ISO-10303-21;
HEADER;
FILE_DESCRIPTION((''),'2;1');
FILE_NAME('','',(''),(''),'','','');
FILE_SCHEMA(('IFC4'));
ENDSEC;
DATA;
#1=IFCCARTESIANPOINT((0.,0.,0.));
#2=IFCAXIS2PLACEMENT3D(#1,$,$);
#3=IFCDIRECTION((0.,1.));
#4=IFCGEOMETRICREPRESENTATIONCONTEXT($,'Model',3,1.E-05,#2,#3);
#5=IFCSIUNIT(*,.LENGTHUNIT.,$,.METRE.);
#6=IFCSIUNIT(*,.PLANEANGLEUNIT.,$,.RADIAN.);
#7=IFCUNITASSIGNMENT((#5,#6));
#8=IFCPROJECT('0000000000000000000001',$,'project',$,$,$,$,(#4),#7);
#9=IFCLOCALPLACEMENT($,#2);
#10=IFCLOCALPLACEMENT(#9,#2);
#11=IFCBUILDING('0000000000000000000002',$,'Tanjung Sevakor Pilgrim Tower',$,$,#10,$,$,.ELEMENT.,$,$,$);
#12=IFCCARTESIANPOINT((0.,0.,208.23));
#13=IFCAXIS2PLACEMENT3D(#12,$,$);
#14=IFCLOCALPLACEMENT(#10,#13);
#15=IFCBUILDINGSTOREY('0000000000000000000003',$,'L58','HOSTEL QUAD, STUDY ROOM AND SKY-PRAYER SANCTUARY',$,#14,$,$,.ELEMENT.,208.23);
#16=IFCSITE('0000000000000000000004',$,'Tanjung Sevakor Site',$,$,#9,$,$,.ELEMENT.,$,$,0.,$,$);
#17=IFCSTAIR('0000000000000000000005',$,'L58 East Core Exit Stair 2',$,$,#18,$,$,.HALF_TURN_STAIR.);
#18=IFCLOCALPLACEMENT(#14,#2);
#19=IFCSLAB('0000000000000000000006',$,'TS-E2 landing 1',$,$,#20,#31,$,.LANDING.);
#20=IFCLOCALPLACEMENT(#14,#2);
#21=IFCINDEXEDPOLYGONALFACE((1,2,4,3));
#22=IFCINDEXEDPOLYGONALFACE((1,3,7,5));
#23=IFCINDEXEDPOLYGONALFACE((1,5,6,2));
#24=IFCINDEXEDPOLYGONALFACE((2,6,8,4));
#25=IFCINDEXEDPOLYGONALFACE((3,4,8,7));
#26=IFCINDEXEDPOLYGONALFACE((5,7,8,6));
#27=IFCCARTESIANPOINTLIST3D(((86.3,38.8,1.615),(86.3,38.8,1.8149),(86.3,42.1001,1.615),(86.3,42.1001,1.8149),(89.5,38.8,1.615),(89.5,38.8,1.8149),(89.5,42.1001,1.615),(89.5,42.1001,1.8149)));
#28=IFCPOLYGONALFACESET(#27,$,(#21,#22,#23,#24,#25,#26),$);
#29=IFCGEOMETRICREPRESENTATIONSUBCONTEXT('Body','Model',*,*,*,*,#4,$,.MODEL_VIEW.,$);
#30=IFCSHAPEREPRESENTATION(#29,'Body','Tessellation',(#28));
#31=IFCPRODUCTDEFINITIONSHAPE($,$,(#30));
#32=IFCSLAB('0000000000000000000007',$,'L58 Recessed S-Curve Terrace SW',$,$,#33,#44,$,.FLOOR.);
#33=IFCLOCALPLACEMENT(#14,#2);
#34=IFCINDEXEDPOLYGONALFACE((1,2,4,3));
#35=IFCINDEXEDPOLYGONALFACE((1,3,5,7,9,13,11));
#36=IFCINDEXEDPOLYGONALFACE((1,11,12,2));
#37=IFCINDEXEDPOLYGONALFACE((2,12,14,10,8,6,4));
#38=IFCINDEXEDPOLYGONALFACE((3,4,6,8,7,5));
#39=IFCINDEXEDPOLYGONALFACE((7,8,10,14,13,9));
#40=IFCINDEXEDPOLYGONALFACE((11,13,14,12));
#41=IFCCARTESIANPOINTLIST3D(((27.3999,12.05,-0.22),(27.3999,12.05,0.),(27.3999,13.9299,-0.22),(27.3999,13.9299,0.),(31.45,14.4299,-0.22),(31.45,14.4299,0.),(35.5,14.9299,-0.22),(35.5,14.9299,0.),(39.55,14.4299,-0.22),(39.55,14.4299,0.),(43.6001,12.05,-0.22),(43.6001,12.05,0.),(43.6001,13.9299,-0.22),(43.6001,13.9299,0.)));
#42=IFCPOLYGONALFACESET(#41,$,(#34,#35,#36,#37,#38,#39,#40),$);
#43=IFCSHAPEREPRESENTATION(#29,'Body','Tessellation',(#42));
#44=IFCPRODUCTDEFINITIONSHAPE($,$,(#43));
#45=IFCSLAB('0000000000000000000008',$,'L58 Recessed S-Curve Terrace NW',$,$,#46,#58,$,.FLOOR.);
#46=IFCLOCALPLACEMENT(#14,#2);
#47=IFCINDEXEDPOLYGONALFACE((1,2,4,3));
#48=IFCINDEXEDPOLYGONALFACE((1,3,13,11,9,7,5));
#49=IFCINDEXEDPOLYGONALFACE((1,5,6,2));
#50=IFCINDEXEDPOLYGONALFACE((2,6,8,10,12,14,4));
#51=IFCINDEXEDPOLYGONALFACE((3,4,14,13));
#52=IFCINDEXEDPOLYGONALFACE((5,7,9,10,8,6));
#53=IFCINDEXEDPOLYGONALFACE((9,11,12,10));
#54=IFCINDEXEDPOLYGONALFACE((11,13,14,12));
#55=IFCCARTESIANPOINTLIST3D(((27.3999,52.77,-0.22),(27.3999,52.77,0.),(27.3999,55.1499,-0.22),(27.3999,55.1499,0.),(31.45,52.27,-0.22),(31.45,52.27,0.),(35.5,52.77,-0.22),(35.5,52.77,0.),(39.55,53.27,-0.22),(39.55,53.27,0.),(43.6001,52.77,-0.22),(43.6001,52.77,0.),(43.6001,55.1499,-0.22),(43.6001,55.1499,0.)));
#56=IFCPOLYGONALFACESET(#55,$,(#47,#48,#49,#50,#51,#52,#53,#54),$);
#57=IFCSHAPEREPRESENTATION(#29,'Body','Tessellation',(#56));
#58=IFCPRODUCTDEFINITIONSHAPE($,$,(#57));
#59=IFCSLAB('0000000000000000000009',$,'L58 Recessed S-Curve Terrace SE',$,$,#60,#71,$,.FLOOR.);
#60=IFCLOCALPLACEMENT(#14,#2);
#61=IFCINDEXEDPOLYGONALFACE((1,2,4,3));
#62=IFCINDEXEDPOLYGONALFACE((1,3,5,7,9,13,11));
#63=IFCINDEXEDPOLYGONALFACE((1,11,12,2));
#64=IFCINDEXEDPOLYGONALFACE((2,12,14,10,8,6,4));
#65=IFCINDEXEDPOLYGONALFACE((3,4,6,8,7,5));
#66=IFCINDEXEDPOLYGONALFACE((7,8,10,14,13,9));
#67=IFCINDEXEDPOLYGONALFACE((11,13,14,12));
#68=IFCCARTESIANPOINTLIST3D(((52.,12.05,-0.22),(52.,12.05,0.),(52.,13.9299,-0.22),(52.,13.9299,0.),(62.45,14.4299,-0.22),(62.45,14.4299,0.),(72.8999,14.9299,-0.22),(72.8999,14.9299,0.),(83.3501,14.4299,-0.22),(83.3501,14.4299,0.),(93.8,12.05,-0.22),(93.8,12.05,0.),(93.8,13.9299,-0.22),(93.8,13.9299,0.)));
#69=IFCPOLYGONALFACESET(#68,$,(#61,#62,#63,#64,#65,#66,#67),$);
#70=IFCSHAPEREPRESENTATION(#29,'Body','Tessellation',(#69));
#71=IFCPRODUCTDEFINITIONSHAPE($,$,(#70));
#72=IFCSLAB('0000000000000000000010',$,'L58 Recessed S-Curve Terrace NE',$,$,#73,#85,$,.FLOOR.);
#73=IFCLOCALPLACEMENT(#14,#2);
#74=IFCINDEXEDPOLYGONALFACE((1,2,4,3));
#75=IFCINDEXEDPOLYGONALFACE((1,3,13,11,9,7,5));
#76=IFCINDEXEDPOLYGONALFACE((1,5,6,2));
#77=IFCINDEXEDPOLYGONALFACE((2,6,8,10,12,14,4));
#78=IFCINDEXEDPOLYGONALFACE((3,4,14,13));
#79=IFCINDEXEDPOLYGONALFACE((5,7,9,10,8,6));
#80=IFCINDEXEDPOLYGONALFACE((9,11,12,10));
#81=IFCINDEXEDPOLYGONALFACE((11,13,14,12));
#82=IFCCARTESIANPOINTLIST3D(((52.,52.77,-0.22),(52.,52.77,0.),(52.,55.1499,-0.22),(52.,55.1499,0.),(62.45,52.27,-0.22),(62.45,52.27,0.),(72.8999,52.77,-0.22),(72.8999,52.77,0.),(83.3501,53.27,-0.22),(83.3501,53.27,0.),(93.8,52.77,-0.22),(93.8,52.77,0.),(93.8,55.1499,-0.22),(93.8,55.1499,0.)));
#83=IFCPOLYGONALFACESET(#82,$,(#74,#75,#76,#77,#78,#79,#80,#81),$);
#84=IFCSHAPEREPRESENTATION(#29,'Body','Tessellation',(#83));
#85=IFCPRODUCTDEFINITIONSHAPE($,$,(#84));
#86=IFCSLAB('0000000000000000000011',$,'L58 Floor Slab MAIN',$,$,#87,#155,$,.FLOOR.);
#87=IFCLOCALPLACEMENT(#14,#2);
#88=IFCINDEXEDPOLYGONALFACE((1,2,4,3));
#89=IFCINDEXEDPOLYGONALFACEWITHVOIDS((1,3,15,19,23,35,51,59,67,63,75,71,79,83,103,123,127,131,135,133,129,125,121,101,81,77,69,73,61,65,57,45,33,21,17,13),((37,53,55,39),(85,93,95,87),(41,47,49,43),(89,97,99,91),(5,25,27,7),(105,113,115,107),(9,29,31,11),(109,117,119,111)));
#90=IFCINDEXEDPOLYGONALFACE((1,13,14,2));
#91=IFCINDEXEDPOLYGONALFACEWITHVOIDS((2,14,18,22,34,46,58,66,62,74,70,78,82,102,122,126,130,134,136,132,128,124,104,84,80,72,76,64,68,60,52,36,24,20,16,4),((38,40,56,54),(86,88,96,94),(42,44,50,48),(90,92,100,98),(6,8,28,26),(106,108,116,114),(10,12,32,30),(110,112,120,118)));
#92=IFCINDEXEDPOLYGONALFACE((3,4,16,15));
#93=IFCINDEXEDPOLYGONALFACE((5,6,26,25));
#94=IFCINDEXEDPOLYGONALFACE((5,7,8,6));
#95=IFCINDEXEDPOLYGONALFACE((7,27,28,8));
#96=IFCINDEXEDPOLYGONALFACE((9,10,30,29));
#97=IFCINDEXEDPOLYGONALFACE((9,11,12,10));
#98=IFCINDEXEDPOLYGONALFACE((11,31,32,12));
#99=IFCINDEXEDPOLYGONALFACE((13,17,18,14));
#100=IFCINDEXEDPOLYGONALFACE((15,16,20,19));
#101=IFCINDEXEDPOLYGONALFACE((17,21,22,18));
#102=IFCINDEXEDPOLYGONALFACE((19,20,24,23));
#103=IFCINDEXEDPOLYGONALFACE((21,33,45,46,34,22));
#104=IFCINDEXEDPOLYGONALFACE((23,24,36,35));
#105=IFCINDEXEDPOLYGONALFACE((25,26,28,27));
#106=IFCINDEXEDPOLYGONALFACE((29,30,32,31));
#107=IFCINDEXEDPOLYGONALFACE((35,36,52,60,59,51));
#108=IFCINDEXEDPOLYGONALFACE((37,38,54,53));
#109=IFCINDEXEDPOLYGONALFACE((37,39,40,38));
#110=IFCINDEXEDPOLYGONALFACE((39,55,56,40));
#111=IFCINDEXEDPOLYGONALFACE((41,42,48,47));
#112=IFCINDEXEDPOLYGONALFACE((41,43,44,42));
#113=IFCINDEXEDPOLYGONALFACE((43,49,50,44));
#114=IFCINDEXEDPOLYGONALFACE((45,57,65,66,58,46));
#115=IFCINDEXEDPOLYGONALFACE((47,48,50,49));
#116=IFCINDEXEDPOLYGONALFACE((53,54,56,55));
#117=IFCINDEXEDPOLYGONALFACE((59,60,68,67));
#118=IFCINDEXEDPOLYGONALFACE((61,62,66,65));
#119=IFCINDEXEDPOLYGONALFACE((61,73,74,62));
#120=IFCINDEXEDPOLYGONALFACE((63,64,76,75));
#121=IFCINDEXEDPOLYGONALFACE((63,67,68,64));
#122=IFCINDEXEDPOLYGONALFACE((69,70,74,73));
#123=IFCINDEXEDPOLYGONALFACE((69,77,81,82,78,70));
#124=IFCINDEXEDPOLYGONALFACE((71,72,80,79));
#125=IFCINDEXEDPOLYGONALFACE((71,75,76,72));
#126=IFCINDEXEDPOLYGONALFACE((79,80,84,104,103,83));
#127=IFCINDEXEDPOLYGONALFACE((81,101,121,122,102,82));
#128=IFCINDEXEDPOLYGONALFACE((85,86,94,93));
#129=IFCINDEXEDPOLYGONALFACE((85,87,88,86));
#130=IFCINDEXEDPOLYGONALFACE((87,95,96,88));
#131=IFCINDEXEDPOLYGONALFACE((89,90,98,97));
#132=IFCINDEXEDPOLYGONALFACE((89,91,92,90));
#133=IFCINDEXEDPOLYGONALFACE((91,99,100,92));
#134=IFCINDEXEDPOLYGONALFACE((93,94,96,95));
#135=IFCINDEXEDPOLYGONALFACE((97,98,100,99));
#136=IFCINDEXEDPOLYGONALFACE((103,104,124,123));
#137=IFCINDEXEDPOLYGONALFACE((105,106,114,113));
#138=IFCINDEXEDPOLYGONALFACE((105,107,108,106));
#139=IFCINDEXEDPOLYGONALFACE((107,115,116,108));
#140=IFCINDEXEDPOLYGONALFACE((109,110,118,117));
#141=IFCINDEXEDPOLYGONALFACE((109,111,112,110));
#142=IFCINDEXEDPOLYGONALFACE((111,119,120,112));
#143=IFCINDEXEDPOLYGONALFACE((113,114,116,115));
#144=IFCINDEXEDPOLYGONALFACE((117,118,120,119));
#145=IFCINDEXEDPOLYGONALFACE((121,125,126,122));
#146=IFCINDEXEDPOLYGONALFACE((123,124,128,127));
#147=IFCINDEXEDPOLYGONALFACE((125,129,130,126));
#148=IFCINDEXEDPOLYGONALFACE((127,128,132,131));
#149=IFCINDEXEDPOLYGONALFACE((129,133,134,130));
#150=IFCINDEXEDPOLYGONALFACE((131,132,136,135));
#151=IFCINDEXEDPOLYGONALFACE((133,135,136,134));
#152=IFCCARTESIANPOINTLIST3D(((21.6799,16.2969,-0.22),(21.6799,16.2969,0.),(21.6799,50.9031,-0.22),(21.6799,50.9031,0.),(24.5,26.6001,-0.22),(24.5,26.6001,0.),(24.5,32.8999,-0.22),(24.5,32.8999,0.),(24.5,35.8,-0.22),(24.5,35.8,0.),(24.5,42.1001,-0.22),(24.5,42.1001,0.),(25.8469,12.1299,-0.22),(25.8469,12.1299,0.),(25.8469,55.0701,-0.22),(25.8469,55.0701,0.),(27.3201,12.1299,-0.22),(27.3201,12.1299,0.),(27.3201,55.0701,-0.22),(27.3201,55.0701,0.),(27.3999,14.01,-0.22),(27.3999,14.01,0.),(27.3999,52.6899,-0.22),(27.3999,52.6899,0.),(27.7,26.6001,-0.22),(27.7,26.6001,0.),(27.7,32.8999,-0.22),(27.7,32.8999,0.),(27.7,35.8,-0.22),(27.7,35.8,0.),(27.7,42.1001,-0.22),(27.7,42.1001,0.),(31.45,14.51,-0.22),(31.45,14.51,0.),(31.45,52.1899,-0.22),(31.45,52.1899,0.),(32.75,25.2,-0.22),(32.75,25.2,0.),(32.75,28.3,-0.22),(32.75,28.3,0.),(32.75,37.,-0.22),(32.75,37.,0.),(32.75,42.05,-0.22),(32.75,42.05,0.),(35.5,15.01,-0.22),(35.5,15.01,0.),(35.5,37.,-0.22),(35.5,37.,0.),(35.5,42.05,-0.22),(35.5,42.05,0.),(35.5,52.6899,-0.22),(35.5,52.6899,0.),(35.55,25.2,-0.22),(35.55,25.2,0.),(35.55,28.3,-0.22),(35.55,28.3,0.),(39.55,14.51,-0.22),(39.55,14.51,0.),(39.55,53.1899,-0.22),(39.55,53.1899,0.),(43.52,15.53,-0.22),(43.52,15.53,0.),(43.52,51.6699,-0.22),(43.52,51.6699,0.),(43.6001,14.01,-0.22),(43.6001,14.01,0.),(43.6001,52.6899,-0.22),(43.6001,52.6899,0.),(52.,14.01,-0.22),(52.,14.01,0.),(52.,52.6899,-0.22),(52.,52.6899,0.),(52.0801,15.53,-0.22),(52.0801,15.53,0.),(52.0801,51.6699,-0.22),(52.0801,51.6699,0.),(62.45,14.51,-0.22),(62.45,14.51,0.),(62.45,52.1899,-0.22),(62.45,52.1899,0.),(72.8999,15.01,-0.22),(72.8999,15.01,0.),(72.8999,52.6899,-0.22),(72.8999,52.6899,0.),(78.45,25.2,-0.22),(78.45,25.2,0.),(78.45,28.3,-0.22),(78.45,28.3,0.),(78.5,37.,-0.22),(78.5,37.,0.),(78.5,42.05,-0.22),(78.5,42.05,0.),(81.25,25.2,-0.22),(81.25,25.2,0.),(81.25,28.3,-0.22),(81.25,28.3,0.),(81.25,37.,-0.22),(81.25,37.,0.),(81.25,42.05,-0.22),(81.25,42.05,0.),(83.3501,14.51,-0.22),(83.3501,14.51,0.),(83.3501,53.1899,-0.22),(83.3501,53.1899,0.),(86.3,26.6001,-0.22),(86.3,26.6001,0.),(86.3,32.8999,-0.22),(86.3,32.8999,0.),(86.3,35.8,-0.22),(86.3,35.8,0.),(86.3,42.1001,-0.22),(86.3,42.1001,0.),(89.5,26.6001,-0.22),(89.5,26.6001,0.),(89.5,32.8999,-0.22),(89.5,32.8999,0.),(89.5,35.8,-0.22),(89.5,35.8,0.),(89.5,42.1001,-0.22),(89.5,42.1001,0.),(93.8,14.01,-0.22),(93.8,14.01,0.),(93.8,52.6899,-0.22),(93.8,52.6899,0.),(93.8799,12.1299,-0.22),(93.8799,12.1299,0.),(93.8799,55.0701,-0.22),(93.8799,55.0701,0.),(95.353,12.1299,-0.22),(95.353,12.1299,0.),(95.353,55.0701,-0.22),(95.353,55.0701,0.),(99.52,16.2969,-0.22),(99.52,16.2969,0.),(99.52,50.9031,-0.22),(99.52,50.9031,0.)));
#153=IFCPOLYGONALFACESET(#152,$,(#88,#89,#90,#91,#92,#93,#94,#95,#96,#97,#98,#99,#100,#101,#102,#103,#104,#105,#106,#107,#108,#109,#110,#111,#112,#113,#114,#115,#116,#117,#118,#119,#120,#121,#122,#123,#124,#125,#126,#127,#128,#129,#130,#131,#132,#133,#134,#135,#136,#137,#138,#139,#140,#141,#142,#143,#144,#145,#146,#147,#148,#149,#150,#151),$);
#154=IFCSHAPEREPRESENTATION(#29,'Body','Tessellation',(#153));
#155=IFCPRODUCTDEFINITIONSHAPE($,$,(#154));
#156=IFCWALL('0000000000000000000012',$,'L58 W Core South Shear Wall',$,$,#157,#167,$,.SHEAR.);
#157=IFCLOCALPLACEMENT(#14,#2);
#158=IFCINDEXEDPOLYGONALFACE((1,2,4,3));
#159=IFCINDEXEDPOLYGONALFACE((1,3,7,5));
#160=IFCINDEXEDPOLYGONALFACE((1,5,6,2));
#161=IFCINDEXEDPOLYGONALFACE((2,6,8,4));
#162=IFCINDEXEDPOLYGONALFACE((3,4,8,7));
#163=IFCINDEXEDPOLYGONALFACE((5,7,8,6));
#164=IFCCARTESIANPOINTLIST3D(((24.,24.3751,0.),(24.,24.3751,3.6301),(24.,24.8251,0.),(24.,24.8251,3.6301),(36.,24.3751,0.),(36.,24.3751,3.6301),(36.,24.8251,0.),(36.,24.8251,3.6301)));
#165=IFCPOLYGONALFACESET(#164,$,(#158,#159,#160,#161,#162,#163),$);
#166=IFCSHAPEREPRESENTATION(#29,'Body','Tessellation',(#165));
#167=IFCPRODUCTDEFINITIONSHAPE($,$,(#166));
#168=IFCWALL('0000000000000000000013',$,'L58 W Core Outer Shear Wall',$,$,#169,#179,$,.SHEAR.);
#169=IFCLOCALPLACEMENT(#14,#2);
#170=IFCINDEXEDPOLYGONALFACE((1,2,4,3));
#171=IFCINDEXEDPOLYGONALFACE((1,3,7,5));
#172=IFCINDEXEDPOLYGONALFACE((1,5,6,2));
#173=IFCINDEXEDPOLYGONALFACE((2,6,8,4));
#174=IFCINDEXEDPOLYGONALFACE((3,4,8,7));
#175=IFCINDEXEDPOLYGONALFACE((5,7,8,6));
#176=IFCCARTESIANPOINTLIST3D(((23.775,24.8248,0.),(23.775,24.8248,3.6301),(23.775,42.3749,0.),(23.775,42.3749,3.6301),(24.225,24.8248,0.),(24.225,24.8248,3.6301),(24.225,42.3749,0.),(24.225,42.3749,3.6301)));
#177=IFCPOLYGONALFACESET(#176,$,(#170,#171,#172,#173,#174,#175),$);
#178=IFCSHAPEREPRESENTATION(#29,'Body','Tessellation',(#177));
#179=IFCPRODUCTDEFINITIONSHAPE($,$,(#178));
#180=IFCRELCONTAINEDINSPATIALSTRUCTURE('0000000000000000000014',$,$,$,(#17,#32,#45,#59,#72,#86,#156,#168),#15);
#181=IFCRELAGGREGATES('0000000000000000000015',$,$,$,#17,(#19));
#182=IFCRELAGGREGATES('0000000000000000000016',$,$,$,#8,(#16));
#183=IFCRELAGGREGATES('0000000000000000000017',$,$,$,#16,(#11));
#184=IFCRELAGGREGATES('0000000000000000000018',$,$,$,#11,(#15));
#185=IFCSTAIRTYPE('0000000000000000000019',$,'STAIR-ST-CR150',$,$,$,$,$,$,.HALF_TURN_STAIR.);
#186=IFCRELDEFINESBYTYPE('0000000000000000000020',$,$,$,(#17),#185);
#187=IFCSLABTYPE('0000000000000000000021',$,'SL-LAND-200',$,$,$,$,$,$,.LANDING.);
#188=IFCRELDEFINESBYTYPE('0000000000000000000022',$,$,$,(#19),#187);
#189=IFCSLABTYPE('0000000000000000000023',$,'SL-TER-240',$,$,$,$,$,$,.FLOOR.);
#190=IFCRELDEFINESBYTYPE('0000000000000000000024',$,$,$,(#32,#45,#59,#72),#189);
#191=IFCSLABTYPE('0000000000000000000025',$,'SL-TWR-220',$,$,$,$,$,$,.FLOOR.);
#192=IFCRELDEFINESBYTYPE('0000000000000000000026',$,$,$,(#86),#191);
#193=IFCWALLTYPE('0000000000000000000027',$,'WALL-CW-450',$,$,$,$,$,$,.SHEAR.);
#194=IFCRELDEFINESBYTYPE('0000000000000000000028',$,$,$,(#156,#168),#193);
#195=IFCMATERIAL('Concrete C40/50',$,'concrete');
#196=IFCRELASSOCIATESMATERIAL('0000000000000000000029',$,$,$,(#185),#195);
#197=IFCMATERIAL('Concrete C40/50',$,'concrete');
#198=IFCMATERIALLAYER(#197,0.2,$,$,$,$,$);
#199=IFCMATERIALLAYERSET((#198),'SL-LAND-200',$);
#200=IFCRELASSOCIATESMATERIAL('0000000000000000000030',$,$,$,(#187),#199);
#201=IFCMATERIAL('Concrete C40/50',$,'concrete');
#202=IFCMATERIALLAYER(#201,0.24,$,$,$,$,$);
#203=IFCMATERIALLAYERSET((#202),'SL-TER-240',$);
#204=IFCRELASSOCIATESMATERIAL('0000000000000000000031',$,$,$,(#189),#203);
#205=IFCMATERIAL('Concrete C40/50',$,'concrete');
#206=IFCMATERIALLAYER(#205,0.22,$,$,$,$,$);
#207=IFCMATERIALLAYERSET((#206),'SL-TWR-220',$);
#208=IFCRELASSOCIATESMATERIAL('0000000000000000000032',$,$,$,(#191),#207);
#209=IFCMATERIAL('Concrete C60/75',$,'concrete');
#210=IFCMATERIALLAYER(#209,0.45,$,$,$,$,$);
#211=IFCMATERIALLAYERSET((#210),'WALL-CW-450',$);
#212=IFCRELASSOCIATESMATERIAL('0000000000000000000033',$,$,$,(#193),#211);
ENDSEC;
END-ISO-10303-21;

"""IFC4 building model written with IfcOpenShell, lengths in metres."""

from ifc_helpers import new_model, si_unit, direction, frame, frame_2d, origin, place, context, subcontext, project, spatial, polyline, rectangle, outline, extrude, material, layer, layer_set, type_object, element, aggregate, save


model = new_model("IFC4")

# Units and contexts
model_context = context("Model", 3, precision=1e-05, world=origin(), true_north=direction((0.0, 1.0)))
body_context = subcontext(model_context, "Body", "Model", "MODEL_VIEW")
ifc_project = project(units=[si_unit("LENGTHUNIT", "METRE"), si_unit("PLANEANGLEUNIT", "RADIAN")], contexts=[model_context])

# Site, building, storey
site_placement = place(None, origin())
site = spatial("IfcSite", under=ifc_project, at=site_placement, Name="Tanjung Sevakor Site", CompositionType="ELEMENT", RefElevation=0.0)
building_placement = place(site_placement, origin())
building = spatial("IfcBuilding", under=site, at=building_placement, Name="Tanjung Sevakor Pilgrim Tower", CompositionType="ELEMENT")
storey_placement = place(building_placement, frame((0.0, 0.0, 208.23)))
storey = spatial("IfcBuildingStorey", under=building, at=storey_placement, Name="L58", Description="HOSTEL QUAD, STUDY ROOM AND SKY-PRAYER SANCTUARY", CompositionType="ELEMENT", Elevation=208.23)

# Stair, slab
ifc_material_1 = material(Name="Concrete C40/50", Category="concrete")
stair_type = type_object("IfcStairType", Name="STAIR-ST-CR150", PredefinedType="HALF_TURN_STAIR", material=ifc_material_1)
ifc_material_2 = material(Name="Concrete C40/50", Category="concrete")
ifc_layer_1 = layer(ifc_material_2, 0.2)
ifc_layer_set_1 = layer_set([ifc_layer_1], Name="SL-LAND-200")
slab_type_1 = type_object("IfcSlabType", Name="SL-LAND-200", PredefinedType="LANDING", material=ifc_layer_set_1)
stair_1_placement = place(storey_placement, origin())
stair_1 = element("IfcStair", 1, at=stair_1_placement, inside=storey, type_object=stair_type, Name="L58 East Core Exit Stair 2", PredefinedType="HALF_TURN_STAIR")
slab_1_placement = place(storey_placement, frame((0.0, 0.0, 1.615)))
slab_1 = element("IfcSlab", 2, at=slab_1_placement, type_object=slab_type_1, Name="TS-E2 landing 1", PredefinedType="LANDING", context=body_context, shape_type="SweptSolid", body=[
    extrude(outline(polyline([(89.5, 38.8), (89.5, 42.1001), (86.3, 42.1001), (86.3, 38.8), (89.5, 38.8)])), origin(), (0.0, 0.0, 1.0), 0.2),
])
aggregate(stair_1, [slab_1])

# Slabs
ifc_material_3 = material(Name="Concrete C40/50", Category="concrete")
ifc_layer_2 = layer(ifc_material_3, 0.24)
ifc_layer_set_2 = layer_set([ifc_layer_2], Name="SL-TER-240")
slab_type_2 = type_object("IfcSlabType", Name="SL-TER-240", PredefinedType="FLOOR", material=ifc_layer_set_2)
slab_2_placement = place(storey_placement, frame((0.0, 0.0, -0.22)))
element("IfcSlab", 3, at=slab_2_placement, inside=storey, type_object=slab_type_2, Name="L58 Recessed S-Curve Terrace SW", PredefinedType="FLOOR", context=body_context, shape_type="SweptSolid", body=[
    extrude(outline(polyline([(27.3999, 12.05), (43.6001, 12.05), (43.6001, 13.9299), (39.55, 14.4299), (35.5, 14.9299), (31.45, 14.4299), (27.3999, 13.9299), (27.3999, 12.05)])), origin(), (0.0, 0.0, 1.0), 0.22),
])
slab_3_placement = place(storey_placement, frame((0.0, 0.0, -0.22)))
element("IfcSlab", 4, at=slab_3_placement, inside=storey, type_object=slab_type_2, Name="L58 Recessed S-Curve Terrace NW", PredefinedType="FLOOR", context=body_context, shape_type="SweptSolid", body=[
    extrude(outline(polyline([(27.3999, 52.77), (31.45, 52.27), (35.5, 52.77), (39.55, 53.27), (43.6001, 52.77), (43.6001, 55.1499), (27.3999, 55.1499), (27.3999, 52.77)])), origin(), (0.0, 0.0, 1.0), 0.22),
])
slab_4_placement = place(storey_placement, frame((0.0, 0.0, -0.22)))
element("IfcSlab", 5, at=slab_4_placement, inside=storey, type_object=slab_type_2, Name="L58 Recessed S-Curve Terrace SE", PredefinedType="FLOOR", context=body_context, shape_type="SweptSolid", body=[
    extrude(outline(polyline([(52.0, 12.05), (93.8, 12.05), (93.8, 13.9299), (83.3501, 14.4299), (72.8999, 14.9299), (62.45, 14.4299), (52.0, 13.9299), (52.0, 12.05)])), origin(), (0.0, 0.0, 1.0), 0.22),
])
slab_5_placement = place(storey_placement, frame((0.0, 0.0, -0.22)))
element("IfcSlab", 6, at=slab_5_placement, inside=storey, type_object=slab_type_2, Name="L58 Recessed S-Curve Terrace NE", PredefinedType="FLOOR", context=body_context, shape_type="SweptSolid", body=[
    extrude(outline(polyline([(52.0, 52.77), (62.45, 52.27), (72.8999, 52.77), (83.3501, 53.27), (93.8, 52.77), (93.8, 55.1499), (52.0, 55.1499), (52.0, 52.77)])), origin(), (0.0, 0.0, 1.0), 0.22),
])
ifc_material_4 = material(Name="Concrete C40/50", Category="concrete")
ifc_layer_3 = layer(ifc_material_4, 0.22)
ifc_layer_set_3 = layer_set([ifc_layer_3], Name="SL-TWR-220")
slab_type_3 = type_object("IfcSlabType", Name="SL-TWR-220", PredefinedType="FLOOR", material=ifc_layer_set_3)
slab_6_placement = place(storey_placement, frame((0.0, 0.0, -0.22)))
element("IfcSlab", 7, at=slab_6_placement, inside=storey, type_object=slab_type_3, Name="L58 Floor Slab MAIN", PredefinedType="FLOOR", context=body_context, shape_type="SweptSolid", body=[
    extrude(outline(polyline([(25.8469, 12.1299), (27.3201, 12.1299), (27.3999, 14.01), (31.45, 14.51), (35.5, 15.01), (39.55, 14.51), (43.6001, 14.01), (43.52, 15.53), (52.0801, 15.53), (52.0, 14.01), (62.45, 14.51), (72.8999, 15.01), (83.3501, 14.51), (93.8, 14.01), (93.8799, 12.1299), (95.353, 12.1299), (99.52, 16.2969), (99.52, 50.9031), (95.353, 55.0701), (93.8799, 55.0701), (93.8, 52.6899), (83.3501, 53.1899), (72.8999, 52.6899), (62.45, 52.1899), (52.0, 52.6899), (52.0801, 51.6699), (43.52, 51.6699), (43.6001, 52.6899), (39.55, 53.1899), (35.5, 52.6899), (31.45, 52.1899), (27.3999, 52.6899), (27.3201, 55.0701), (25.8469, 55.0701), (21.6799, 50.9031), (21.6799, 16.2969), (25.8469, 12.1299)]), holes=[polyline([(27.7, 26.6001), (27.7, 32.8999), (24.5, 32.8999), (24.5, 26.6001), (27.7, 26.6001)]), polyline([(27.7, 35.8), (27.7, 42.1001), (24.5, 42.1001), (24.5, 35.8), (27.7, 35.8)]), polyline([(89.5, 26.6001), (89.5, 32.8999), (86.3, 32.8999), (86.3, 26.6001), (89.5, 26.6001)]), polyline([(89.5, 35.8), (89.5, 42.1001), (86.3, 42.1001), (86.3, 35.8), (89.5, 35.8)]), polyline([(32.75, 25.2), (35.55, 25.2), (35.55, 28.3), (32.75, 28.3), (32.75, 25.2)]), polyline([(32.75, 37.0), (35.5, 37.0), (35.5, 42.05), (32.75, 42.05), (32.75, 37.0)]), polyline([(78.45, 25.2), (81.25, 25.2), (81.25, 28.3), (78.45, 28.3), (78.45, 25.2)]), polyline([(78.5, 37.0), (81.25, 37.0), (81.25, 42.05), (78.5, 42.05), (78.5, 37.0)])]), origin(), (0.0, 0.0, 1.0), 0.22),
])

# Walls
ifc_material_5 = material(Name="Concrete C60/75", Category="concrete")
ifc_layer_4 = layer(ifc_material_5, 0.45)
ifc_layer_set_4 = layer_set([ifc_layer_4], Name="WALL-CW-450")
wall_type_1 = type_object("IfcWallType", Name="WALL-CW-450", PredefinedType="SHEAR", material=ifc_layer_set_4)
wall_1_placement = place(storey_placement, frame((24.0, 24.6001, 0.0), z_axis=(0.0, 0.0, 1.0), x_axis=(1.0, 0.0, 0.0)))
element("IfcWall", 8, at=wall_1_placement, inside=storey, type_object=wall_type_1, Name="L58 W Core South Shear Wall", PredefinedType="SHEAR", context=body_context, shape_type="SweptSolid", body=[
    extrude(rectangle(XDim=12.0, YDim=0.45, at=frame_2d((6.0, 0.0))), origin(), (0.0, 0.0, 1.0), 3.6301),
])
wall_2_placement = place(storey_placement, frame((24.0, 24.825, 0.0), z_axis=(0.0, 0.0, 1.0), x_axis=(0.0, 1.0, 0.0)))
element("IfcWall", 9, at=wall_2_placement, inside=storey, type_object=wall_type_1, Name="L58 W Core Outer Shear Wall", PredefinedType="SHEAR", context=body_context, shape_type="SweptSolid", body=[
    extrude(rectangle(XDim=17.55, YDim=0.45, at=frame_2d((8.7749, 0.0))), origin(), (0.0, 0.0, 1.0), 3.6301),
])

save(model, "model.ifc")
